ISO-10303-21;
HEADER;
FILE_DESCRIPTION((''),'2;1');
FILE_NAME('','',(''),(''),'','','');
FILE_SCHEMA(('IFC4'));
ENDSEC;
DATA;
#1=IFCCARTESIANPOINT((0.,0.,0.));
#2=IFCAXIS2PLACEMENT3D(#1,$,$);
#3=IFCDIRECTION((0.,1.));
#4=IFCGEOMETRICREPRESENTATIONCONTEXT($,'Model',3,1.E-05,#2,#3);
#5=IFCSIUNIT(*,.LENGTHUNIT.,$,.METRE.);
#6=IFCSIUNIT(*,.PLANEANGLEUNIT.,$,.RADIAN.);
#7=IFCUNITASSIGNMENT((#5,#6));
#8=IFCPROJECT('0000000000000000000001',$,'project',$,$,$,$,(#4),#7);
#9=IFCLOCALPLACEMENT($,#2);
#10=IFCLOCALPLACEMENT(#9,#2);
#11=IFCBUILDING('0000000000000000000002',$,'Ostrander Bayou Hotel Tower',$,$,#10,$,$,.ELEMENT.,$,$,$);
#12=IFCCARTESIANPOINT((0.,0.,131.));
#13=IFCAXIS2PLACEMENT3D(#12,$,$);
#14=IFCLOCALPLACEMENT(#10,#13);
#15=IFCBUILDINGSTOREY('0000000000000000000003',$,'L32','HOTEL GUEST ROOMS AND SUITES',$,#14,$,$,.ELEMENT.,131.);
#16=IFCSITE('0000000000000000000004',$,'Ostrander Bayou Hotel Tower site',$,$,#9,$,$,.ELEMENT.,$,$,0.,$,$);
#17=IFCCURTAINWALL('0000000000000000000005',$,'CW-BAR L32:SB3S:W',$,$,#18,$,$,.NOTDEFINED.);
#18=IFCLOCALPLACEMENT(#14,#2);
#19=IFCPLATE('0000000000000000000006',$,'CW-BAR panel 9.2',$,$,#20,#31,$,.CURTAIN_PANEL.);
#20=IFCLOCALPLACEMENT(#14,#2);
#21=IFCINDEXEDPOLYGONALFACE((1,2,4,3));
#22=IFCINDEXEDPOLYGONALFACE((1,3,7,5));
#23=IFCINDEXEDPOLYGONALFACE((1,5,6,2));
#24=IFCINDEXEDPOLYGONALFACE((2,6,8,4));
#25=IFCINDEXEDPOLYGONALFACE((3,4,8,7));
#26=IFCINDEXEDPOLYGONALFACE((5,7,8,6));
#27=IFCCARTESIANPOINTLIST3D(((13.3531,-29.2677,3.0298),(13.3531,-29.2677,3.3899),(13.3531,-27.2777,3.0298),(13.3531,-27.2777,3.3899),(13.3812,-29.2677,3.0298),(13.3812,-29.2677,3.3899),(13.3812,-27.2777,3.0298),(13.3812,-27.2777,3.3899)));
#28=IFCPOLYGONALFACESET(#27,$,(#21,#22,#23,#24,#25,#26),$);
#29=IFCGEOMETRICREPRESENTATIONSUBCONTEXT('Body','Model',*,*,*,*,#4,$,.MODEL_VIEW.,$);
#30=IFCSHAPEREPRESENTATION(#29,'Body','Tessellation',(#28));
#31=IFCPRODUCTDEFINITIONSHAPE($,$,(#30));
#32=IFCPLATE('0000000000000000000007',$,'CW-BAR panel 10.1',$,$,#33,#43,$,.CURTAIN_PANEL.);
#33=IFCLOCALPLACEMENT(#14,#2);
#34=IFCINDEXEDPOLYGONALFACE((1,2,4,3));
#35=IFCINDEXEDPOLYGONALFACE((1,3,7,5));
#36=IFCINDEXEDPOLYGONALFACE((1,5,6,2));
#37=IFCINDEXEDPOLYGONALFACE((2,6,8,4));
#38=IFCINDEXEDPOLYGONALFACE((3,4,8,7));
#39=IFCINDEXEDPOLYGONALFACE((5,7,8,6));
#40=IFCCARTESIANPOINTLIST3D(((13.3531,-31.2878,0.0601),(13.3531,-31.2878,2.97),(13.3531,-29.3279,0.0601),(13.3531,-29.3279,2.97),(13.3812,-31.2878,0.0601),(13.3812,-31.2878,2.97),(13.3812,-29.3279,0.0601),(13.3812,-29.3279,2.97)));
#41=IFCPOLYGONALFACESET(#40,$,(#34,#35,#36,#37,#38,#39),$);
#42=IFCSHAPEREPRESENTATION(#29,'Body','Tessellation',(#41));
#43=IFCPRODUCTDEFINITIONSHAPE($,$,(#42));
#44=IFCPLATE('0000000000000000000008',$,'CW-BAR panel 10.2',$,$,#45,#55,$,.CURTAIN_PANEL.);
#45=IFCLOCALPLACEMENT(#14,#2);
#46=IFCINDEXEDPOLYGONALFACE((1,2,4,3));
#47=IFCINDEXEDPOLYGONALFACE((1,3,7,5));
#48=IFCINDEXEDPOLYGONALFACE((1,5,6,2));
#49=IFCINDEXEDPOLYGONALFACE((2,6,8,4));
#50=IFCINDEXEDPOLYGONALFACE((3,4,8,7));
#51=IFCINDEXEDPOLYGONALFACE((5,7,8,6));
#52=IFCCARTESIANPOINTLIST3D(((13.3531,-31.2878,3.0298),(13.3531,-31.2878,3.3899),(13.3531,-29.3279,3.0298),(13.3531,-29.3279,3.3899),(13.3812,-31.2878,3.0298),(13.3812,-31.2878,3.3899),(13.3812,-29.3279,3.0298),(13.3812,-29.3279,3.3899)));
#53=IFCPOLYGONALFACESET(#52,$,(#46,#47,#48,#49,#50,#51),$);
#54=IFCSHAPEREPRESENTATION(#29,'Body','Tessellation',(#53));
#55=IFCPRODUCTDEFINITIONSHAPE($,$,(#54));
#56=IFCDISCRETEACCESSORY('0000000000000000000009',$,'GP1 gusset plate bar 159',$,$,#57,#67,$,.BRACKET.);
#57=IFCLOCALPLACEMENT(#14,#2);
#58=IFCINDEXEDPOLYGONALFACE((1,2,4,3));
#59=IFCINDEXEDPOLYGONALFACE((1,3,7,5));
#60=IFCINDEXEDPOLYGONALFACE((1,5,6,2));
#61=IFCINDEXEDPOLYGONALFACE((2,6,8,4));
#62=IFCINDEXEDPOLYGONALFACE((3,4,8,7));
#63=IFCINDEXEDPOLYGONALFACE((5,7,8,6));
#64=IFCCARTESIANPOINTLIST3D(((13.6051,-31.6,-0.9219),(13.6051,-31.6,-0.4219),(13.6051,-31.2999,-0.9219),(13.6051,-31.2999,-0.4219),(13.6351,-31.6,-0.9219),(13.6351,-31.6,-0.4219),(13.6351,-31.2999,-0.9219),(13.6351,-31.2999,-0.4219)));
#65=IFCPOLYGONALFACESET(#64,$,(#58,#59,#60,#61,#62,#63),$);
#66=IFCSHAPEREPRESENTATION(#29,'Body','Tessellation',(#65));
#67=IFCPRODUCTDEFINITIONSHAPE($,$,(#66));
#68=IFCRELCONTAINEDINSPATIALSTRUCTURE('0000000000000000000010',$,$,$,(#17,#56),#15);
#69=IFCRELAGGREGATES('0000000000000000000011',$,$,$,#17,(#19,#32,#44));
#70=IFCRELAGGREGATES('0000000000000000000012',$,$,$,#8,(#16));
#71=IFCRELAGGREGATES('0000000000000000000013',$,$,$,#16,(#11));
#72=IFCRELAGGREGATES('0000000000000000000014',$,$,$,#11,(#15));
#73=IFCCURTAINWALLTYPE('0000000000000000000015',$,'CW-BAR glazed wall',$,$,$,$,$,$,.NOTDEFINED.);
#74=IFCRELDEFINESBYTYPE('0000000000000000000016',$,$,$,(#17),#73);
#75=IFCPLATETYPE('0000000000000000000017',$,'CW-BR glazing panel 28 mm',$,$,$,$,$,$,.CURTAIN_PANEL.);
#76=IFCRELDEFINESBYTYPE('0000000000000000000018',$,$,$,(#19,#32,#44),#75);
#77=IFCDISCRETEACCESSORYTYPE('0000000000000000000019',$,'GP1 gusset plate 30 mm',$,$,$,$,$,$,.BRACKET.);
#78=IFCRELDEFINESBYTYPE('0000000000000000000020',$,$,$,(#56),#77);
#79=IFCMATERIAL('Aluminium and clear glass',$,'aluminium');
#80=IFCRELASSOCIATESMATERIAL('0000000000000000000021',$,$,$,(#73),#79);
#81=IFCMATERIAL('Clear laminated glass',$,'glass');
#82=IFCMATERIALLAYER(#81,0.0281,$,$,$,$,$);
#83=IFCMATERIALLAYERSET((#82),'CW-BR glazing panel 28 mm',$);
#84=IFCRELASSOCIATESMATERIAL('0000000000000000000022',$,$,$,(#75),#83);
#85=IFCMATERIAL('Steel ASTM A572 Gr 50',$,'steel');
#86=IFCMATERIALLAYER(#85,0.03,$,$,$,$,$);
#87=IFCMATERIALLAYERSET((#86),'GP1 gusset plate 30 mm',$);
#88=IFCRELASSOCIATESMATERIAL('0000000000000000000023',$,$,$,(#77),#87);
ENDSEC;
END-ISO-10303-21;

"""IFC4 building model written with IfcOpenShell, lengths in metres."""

from ifc_helpers import new_model, si_unit, direction, frame, origin, origin_2d, place, context, subcontext, project, spatial, rectangle, extrude, material, layer, layer_set, type_object, element, aggregate, save


model = new_model("IFC4")

# Units and contexts
model_context = context("Model", 3, precision=1e-05, world=origin(), true_north=direction((0.0, 1.0)))
body_context = subcontext(model_context, "Body", "Model", "MODEL_VIEW")
ifc_project = project(units=[si_unit("LENGTHUNIT", "METRE"), si_unit("PLANEANGLEUNIT", "RADIAN")], contexts=[model_context])

# Site, building, storey
site_placement = place(None, origin())
site = spatial("IfcSite", under=ifc_project, at=site_placement, Name="Ostrander Bayou Hotel Tower site", CompositionType="ELEMENT", RefElevation=0.0)
building_placement = place(site_placement, origin())
building = spatial("IfcBuilding", under=site, at=building_placement, Name="Ostrander Bayou Hotel Tower", CompositionType="ELEMENT")
storey_placement = place(building_placement, frame((0.0, 0.0, 131.0)))
storey = spatial("IfcBuildingStorey", under=building, at=storey_placement, Name="L32", Description="HOTEL GUEST ROOMS AND SUITES", CompositionType="ELEMENT", Elevation=131.0)

# Shared definitions
ifc_material_1 = material(Name="Aluminium and clear glass", Category="aluminium")
curtain_wall_type = type_object("IfcCurtainWallType", Name="CW-BAR glazed wall", PredefinedType="NOTDEFINED", material=ifc_material_1)

# Curtain wall
curtain_wall_1_placement = place(storey_placement, origin())
curtain_wall_1 = element("IfcCurtainWall", 1, at=curtain_wall_1_placement, inside=storey, type_object=curtain_wall_type, Name="CW-BAR L32:SB3S:W", PredefinedType="NOTDEFINED")

# Plates
ifc_material_2 = material(Name="Clear laminated glass", Category="glass")
ifc_layer_1 = layer(ifc_material_2, 0.0281)
ifc_layer_set_1 = layer_set([ifc_layer_1], Name="CW-BR glazing panel 28 mm")
plate_type = type_object("IfcPlateType", Name="CW-BR glazing panel 28 mm", PredefinedType="CURTAIN_PANEL", material=ifc_layer_set_1)
plate_1_placement = place(storey_placement, frame((13.3672, -28.2727, 3.0298), z_axis=(0.0, 0.0, 1.0), x_axis=(0.0, -1.0, 0.0)))
plate_1 = element("IfcPlate", 2, at=plate_1_placement, type_object=plate_type, Name="CW-BAR panel 9.2", PredefinedType="CURTAIN_PANEL", context=body_context, shape_type="SweptSolid", body=[
    extrude(rectangle(XDim=1.99, YDim=0.0281, at=origin_2d()), origin(), (0.0, 0.0, 1.0), 0.3601),
])
plate_2_placement = place(storey_placement, frame((13.3672, -30.3079, 0.0601), z_axis=(0.0, 0.0, 1.0), x_axis=(0.0, -1.0, 0.0)))
plate_2 = element("IfcPlate", 3, at=plate_2_placement, type_object=plate_type, Name="CW-BAR panel 10.1", PredefinedType="CURTAIN_PANEL", context=body_context, shape_type="SweptSolid", body=[
    extrude(rectangle(XDim=1.96, YDim=0.0281, at=origin_2d()), origin(), (0.0, 0.0, 1.0), 2.9099),
])
plate_3_placement = place(storey_placement, frame((13.3672, -30.3079, 3.0298), z_axis=(0.0, 0.0, 1.0), x_axis=(0.0, -1.0, 0.0)))
plate_3 = element("IfcPlate", 4, at=plate_3_placement, type_object=plate_type, Name="CW-BAR panel 10.2", PredefinedType="CURTAIN_PANEL", context=body_context, shape_type="SweptSolid", body=[
    extrude(rectangle(XDim=1.96, YDim=0.0281, at=origin_2d()), origin(), (0.0, 0.0, 1.0), 0.3601),
])
aggregate(curtain_wall_1, [plate_1, plate_2, plate_3])

# Discrete accessory
ifc_material_3 = material(Name="Steel ASTM A572 Gr 50", Category="steel")
ifc_layer_2 = layer(ifc_material_3, 0.03)
ifc_layer_set_2 = layer_set([ifc_layer_2], Name="GP1 gusset plate 30 mm")
discrete_accessory_type = type_object("IfcDiscreteAccessoryType", Name="GP1 gusset plate 30 mm", PredefinedType="BRACKET", material=ifc_layer_set_2)
discrete_accessory_placement = place(storey_placement, frame((13.6201, -31.45, -0.9219), z_axis=(0.0, 0.0, 1.0), x_axis=(0.0, 1.0, 0.0)))
element("IfcDiscreteAccessory", 5, at=discrete_accessory_placement, inside=storey, type_object=discrete_accessory_type, Name="GP1 gusset plate bar 159", PredefinedType="BRACKET", context=body_context, shape_type="SweptSolid", body=[
    extrude(rectangle(XDim=0.3, YDim=0.03, at=origin_2d()), origin(), (0.0, 0.0, 1.0), 0.5),
])

save(model, "model.ifc")
